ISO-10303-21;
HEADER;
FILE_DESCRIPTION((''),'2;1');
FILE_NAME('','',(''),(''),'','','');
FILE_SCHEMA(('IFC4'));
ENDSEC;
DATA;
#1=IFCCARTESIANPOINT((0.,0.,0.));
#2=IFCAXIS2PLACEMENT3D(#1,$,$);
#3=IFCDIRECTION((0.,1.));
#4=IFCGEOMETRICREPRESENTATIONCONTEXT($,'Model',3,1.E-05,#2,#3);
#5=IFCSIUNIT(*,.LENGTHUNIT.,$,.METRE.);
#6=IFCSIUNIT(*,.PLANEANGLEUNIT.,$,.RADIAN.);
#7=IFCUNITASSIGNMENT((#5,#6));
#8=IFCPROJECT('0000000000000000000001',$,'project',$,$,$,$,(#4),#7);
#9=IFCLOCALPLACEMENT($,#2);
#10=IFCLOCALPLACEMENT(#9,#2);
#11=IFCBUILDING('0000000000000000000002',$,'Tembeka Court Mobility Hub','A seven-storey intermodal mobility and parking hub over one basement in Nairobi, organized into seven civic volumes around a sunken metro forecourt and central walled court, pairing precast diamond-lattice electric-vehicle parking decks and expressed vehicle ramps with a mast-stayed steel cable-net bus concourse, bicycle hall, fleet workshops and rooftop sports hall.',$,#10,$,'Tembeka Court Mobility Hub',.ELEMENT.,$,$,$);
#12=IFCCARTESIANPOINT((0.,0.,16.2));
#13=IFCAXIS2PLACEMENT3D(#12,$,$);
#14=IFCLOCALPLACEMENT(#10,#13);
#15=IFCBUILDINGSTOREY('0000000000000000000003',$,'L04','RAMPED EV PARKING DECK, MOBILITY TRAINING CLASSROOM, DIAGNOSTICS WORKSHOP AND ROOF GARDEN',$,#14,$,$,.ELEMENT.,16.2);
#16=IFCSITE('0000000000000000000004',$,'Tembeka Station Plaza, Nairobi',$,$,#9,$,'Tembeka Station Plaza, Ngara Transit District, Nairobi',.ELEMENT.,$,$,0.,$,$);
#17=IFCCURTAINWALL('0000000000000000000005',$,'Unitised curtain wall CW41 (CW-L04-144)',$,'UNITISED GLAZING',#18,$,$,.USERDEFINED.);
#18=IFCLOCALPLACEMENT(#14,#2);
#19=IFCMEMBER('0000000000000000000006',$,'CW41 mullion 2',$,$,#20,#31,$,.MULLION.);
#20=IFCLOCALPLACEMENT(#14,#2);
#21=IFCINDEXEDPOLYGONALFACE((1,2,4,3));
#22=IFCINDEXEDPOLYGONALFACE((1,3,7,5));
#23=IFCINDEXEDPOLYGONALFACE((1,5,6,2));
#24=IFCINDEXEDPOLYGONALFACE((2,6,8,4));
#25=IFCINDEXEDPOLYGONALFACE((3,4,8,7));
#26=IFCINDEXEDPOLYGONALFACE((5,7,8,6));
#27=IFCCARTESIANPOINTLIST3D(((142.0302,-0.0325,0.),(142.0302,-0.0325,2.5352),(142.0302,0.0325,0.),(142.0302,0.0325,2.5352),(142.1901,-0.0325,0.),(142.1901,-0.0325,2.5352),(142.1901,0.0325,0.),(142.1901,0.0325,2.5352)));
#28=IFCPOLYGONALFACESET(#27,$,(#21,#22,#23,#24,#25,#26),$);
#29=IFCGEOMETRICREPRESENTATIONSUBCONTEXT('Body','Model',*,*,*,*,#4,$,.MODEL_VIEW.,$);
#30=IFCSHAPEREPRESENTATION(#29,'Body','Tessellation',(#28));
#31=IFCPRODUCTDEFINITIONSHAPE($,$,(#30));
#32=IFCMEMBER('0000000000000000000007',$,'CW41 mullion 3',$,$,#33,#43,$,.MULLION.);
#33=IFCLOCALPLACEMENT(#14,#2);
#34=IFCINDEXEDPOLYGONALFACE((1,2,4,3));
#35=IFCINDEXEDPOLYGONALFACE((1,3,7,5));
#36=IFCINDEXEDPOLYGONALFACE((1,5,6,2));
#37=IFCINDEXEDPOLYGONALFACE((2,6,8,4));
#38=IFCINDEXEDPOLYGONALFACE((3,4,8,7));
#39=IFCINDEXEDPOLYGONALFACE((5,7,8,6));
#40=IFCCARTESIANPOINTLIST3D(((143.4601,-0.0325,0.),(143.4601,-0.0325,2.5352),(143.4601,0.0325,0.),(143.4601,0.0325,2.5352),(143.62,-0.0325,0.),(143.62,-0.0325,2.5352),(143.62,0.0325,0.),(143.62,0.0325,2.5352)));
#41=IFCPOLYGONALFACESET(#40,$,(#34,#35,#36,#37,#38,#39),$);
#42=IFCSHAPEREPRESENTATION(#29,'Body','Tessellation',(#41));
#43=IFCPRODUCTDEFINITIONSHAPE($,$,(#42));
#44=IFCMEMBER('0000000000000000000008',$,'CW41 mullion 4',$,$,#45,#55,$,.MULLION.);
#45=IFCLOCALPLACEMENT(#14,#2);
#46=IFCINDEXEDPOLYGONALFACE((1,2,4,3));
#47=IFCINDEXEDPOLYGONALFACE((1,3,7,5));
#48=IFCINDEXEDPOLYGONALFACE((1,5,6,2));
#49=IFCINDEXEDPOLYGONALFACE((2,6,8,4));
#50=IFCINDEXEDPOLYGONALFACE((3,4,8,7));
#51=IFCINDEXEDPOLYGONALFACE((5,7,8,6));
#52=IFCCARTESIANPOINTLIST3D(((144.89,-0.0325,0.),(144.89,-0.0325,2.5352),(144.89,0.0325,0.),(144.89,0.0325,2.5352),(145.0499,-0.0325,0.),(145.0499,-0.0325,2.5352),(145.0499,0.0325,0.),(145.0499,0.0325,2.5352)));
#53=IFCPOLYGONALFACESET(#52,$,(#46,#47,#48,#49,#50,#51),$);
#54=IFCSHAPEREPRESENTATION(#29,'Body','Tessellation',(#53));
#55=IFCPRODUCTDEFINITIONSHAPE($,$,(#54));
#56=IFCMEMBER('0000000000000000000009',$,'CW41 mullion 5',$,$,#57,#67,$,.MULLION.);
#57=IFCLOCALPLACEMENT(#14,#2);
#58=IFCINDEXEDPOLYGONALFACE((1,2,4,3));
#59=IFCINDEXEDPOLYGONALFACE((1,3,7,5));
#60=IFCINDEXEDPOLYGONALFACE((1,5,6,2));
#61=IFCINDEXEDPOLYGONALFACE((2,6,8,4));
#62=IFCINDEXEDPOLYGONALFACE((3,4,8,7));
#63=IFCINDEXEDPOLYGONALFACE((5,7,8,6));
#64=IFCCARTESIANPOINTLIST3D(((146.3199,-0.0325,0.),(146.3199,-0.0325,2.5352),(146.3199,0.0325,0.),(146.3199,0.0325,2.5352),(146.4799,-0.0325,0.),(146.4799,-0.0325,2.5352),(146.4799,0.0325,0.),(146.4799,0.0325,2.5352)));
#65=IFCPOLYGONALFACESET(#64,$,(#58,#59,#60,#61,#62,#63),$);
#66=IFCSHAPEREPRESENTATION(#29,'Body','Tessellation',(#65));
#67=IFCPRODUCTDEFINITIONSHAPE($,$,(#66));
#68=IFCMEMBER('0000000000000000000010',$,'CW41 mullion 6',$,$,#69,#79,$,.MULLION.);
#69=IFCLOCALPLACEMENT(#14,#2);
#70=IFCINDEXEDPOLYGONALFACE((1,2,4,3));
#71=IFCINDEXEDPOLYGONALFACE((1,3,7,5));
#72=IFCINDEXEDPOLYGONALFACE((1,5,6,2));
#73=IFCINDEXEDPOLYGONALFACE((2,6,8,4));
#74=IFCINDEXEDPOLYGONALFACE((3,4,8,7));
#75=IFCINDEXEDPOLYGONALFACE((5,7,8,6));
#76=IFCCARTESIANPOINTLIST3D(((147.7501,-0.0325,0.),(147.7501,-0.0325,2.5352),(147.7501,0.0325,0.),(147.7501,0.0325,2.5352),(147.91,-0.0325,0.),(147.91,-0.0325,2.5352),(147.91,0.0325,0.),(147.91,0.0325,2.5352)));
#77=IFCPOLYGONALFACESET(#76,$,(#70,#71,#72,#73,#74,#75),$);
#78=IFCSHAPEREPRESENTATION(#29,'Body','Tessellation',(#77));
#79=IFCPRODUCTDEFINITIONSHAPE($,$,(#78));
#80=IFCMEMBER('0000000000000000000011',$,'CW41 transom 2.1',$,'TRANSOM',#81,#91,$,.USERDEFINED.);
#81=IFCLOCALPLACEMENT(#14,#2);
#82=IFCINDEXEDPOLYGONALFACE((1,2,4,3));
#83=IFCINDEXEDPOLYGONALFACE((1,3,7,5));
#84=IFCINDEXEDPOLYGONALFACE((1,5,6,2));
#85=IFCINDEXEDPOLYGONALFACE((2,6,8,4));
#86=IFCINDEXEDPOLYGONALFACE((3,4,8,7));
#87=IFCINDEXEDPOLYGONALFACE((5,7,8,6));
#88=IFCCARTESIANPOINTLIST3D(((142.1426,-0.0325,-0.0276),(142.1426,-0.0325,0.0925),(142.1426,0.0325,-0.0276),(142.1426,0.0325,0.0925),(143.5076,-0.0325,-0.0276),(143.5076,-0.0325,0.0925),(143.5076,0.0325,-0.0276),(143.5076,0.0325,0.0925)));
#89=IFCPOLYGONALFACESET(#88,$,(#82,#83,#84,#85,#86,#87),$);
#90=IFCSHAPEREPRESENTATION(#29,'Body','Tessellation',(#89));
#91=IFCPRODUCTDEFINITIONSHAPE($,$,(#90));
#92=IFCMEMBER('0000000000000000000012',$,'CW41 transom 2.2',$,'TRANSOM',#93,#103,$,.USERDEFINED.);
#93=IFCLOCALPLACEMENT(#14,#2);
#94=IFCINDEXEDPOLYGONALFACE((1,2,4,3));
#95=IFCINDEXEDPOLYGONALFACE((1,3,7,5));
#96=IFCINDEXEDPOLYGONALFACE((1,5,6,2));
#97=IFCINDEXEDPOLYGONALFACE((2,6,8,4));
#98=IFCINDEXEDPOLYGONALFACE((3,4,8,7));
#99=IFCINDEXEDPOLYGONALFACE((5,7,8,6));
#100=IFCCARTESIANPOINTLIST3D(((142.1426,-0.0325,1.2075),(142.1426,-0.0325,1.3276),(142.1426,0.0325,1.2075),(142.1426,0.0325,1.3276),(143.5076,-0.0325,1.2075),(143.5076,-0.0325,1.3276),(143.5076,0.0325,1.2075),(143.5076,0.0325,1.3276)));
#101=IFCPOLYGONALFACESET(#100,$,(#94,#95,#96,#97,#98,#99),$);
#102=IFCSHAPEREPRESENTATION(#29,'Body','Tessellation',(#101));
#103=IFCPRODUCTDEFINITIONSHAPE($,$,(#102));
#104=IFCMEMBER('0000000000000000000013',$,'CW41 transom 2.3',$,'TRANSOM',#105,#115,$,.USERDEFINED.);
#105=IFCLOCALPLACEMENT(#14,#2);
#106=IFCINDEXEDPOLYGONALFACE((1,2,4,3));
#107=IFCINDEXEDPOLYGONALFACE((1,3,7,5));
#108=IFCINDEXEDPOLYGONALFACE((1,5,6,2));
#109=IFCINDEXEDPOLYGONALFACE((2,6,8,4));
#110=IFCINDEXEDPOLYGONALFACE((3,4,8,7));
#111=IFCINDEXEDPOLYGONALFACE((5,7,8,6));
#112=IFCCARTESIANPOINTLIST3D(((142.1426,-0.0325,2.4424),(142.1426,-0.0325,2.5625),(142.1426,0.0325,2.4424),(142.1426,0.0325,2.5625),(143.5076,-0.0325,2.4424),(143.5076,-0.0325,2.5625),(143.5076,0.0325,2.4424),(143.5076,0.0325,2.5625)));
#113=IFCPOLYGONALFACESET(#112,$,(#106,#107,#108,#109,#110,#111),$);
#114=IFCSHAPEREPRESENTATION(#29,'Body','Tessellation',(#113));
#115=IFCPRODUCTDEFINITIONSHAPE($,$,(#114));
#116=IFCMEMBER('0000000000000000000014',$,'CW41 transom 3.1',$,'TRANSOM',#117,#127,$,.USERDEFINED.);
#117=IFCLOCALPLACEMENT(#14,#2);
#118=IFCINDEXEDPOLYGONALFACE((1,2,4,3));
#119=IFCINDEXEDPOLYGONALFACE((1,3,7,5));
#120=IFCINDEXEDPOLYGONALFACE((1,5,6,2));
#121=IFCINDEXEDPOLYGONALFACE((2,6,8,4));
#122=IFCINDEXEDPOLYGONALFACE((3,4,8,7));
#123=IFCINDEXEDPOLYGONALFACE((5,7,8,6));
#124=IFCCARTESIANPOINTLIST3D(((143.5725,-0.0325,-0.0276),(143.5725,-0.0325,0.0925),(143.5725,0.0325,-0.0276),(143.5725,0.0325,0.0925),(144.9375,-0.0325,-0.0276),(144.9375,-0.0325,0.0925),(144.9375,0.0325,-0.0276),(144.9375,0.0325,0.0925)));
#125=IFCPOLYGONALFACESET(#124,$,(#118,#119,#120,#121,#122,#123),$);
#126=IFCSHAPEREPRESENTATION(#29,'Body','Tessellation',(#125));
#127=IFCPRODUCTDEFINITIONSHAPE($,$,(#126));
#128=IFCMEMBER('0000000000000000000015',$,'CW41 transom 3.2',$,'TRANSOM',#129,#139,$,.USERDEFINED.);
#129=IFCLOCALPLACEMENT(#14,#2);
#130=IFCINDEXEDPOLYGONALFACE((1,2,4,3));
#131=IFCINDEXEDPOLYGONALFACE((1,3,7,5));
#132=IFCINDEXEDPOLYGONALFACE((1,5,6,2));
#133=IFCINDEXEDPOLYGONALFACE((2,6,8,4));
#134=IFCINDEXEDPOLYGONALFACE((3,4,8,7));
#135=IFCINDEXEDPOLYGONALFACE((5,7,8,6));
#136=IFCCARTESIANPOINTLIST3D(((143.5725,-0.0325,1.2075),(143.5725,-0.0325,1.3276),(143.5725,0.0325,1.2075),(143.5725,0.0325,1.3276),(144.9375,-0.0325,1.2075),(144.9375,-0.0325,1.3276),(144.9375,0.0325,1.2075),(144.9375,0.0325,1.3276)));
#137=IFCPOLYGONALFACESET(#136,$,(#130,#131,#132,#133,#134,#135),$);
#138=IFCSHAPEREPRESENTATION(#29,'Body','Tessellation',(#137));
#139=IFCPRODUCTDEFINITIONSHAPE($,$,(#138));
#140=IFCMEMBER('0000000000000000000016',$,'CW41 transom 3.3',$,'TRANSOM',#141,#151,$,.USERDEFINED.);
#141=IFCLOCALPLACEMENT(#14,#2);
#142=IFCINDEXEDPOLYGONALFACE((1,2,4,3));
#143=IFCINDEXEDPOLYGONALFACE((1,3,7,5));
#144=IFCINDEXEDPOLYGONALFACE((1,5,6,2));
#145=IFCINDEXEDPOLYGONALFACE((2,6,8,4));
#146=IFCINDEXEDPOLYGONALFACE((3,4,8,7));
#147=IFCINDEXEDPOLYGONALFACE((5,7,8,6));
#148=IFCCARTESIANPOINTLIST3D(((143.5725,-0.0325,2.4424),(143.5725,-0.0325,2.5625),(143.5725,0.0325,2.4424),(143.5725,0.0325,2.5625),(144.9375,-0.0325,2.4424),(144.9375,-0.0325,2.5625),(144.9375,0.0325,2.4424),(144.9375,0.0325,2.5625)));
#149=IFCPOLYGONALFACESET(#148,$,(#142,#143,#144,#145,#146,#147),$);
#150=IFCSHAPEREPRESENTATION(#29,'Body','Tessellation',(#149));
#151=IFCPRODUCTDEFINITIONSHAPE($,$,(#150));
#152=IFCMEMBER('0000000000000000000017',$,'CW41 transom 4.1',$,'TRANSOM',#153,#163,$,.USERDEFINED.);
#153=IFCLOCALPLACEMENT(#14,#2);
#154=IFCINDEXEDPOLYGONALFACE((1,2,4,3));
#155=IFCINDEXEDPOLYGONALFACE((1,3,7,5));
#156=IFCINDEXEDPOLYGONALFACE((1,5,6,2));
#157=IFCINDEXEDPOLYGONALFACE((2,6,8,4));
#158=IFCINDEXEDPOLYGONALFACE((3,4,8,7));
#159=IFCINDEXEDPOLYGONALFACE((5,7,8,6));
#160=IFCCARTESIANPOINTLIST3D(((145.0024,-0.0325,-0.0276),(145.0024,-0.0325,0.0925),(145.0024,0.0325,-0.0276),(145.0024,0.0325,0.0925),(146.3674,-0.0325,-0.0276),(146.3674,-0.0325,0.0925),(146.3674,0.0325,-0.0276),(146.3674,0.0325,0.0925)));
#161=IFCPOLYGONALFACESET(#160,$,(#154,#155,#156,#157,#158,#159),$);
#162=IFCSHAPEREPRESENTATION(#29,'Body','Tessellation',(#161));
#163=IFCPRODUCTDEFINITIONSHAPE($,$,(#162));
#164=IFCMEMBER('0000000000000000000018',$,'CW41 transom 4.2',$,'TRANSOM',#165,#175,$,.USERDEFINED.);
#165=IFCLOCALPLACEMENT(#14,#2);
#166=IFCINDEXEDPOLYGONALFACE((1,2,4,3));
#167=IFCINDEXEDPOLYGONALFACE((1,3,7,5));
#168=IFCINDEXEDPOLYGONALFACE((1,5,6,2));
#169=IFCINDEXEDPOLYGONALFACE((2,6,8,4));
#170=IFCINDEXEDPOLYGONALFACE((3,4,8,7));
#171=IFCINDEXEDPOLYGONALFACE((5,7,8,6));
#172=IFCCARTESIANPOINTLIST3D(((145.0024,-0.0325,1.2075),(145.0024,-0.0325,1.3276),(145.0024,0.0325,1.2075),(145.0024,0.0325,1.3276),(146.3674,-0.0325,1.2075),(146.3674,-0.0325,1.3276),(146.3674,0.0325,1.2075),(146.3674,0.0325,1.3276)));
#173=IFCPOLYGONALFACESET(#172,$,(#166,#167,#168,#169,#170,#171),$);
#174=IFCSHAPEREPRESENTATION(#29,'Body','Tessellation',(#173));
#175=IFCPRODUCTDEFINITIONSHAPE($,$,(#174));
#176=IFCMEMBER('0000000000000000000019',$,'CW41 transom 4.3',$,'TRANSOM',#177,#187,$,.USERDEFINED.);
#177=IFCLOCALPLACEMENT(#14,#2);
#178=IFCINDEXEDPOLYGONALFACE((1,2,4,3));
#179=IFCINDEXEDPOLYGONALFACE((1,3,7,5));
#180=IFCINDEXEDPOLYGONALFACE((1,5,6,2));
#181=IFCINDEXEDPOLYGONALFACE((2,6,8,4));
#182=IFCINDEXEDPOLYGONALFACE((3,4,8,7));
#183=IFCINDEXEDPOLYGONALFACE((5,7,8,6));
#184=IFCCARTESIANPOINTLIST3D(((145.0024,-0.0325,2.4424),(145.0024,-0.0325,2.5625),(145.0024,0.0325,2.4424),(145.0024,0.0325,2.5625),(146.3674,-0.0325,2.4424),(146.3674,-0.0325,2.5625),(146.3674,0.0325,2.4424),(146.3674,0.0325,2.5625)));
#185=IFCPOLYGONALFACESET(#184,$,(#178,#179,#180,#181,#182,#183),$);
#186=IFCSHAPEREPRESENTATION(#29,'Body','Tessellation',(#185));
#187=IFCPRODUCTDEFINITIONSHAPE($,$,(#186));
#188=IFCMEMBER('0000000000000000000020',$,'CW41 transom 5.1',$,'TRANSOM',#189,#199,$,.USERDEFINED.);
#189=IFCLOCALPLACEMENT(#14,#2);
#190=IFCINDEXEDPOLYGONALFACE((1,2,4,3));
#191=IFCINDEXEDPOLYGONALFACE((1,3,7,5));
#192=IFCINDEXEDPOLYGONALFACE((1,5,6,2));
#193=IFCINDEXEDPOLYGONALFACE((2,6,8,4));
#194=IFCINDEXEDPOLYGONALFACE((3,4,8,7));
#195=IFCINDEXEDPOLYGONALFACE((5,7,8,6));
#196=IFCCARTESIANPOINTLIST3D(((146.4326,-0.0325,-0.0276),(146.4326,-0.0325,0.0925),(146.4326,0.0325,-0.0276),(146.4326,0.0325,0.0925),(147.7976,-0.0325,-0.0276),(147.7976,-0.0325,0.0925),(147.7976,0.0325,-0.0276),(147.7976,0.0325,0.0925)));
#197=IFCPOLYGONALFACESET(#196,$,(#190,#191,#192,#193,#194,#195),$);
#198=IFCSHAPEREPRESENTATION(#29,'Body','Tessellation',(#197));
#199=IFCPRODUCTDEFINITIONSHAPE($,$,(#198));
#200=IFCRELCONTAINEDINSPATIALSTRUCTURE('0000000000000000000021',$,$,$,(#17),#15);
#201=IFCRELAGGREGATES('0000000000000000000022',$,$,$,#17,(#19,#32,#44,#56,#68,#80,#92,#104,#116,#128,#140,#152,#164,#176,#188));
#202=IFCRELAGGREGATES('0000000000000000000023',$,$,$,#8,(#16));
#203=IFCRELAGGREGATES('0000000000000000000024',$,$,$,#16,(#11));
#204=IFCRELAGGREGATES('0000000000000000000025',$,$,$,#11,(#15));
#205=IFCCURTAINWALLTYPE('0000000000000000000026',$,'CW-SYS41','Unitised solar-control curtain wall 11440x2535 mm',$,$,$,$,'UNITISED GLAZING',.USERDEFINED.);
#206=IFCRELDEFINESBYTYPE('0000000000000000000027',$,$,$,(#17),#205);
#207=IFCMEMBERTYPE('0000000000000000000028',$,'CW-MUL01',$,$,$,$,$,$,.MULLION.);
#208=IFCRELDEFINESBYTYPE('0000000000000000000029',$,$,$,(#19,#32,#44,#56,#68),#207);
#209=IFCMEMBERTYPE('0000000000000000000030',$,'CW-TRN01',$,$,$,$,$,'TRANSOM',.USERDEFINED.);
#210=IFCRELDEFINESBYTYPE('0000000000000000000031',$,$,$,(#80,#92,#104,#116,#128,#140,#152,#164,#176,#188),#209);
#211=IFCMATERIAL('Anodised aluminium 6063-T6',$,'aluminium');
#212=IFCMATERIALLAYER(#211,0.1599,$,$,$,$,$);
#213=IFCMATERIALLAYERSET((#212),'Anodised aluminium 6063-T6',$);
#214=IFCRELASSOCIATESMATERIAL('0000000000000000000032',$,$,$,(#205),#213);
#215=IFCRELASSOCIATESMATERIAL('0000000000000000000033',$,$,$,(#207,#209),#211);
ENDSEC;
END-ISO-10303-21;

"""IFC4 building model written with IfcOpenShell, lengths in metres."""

from ifc_helpers import new_model, si_unit, direction, frame, origin, origin_2d, place, context, subcontext, project, spatial, rectangle, extrude, material, layer, layer_set, material_profile, profile_set, type_object, element, aggregate, save


model = new_model("IFC4")

# Units and contexts
model_context = context("Model", 3, precision=1e-05, world=origin(), true_north=direction((0.0, 1.0)))
body_context = subcontext(model_context, "Body", "Model", "MODEL_VIEW")
ifc_project = project(units=[si_unit("LENGTHUNIT", "METRE"), si_unit("PLANEANGLEUNIT", "RADIAN")], contexts=[model_context])

# Site, building, storey
site_placement = place(None, origin())
site = spatial("IfcSite", under=ifc_project, at=site_placement, Name="Tembeka Station Plaza, Nairobi", LongName="Tembeka Station Plaza, Ngara Transit District, Nairobi", CompositionType="ELEMENT", RefElevation=0.0)
building_placement = place(site_placement, origin())
building = spatial("IfcBuilding", under=site, at=building_placement, Name="Tembeka Court Mobility Hub", Description="A seven-storey intermodal mobility and parking hub over one basement in Nairobi, organized into seven civic volumes around a sunken metro forecourt and central walled court, pairing precast diamond-lattice electric-vehicle parking decks and expressed vehicle ramps with a mast-stayed steel cable-net bus concourse, bicycle hall, fleet workshops and rooftop sports hall.", LongName="Tembeka Court Mobility Hub", CompositionType="ELEMENT")
storey_placement = place(building_placement, frame((0.0, 0.0, 16.2)))
storey = spatial("IfcBuildingStorey", under=building, at=storey_placement, Name="L04", Description="RAMPED EV PARKING DECK, MOBILITY TRAINING CLASSROOM, DIAGNOSTICS WORKSHOP AND ROOF GARDEN", CompositionType="ELEMENT", Elevation=16.2)

# Curtain wall, members
ifc_material_1 = material(Name="Anodised aluminium 6063-T6", Category="aluminium")
ifc_layer_1 = layer(ifc_material_1, 0.1599)
ifc_layer_set_1 = layer_set([ifc_layer_1], Name="Anodised aluminium 6063-T6")
curtain_wall_type = type_object("IfcCurtainWallType", Name="CW-SYS41", Description="Unitised solar-control curtain wall 11440x2535 mm", ElementType="UNITISED GLAZING", PredefinedType="USERDEFINED", material=ifc_layer_set_1)
curtain_wall_placement = place(storey_placement, origin())
curtain_wall = element("IfcCurtainWall", 1, at=curtain_wall_placement, inside=storey, type_object=curtain_wall_type, Name="Unitised curtain wall CW41 (CW-L04-144)", ObjectType="UNITISED GLAZING", PredefinedType="USERDEFINED")
ifc_material_profile_1 = material_profile(ifc_material_1, rectangle(XDim=0.0649, YDim=0.1599, at=origin_2d()), Name="ALU-MUL 65x160")
ifc_profile_set_1 = profile_set([ifc_material_profile_1], Name="Anodised aluminium 6063-T6")
member_type_1 = type_object("IfcMemberType", Name="CW-MUL01", PredefinedType="MULLION", material=ifc_profile_set_1)
member_1_placement = place(storey_placement, frame((142.1101, 0.0, 0.0), z_axis=(0.0, 0.0, 1.0), x_axis=(0.0, 1.0, 0.0)))
member_1 = element("IfcMember", 2, at=member_1_placement, type_object=member_type_1, Name="CW41 mullion 2", PredefinedType="MULLION", context=body_context, shape_type="SweptSolid", body=[
    extrude(rectangle(XDim=0.0649, YDim=0.1599, at=origin_2d()), origin(), (0.0, 0.0, 1.0), 2.5352),
])
member_2_placement = place(storey_placement, frame((143.54, 0.0, 0.0), z_axis=(0.0, 0.0, 1.0), x_axis=(0.0, 1.0, 0.0)))
member_2 = element("IfcMember", 3, at=member_2_placement, type_object=member_type_1, Name="CW41 mullion 3", PredefinedType="MULLION", context=body_context, shape_type="SweptSolid", body=[
    extrude(rectangle(XDim=0.0649, YDim=0.1599, at=origin_2d()), origin(), (0.0, 0.0, 1.0), 2.5352),
])
member_3_placement = place(storey_placement, frame((144.97, 0.0, 0.0), z_axis=(0.0, 0.0, 1.0), x_axis=(0.0, 1.0, 0.0)))
member_3 = element("IfcMember", 4, at=member_3_placement, type_object=member_type_1, Name="CW41 mullion 4", PredefinedType="MULLION", context=body_context, shape_type="SweptSolid", body=[
    extrude(rectangle(XDim=0.0649, YDim=0.1599, at=origin_2d()), origin(), (0.0, 0.0, 1.0), 2.5352),
])
member_4_placement = place(storey_placement, frame((146.3999, 0.0, 0.0), z_axis=(0.0, 0.0, 1.0), x_axis=(0.0, 1.0, 0.0)))
member_4 = element("IfcMember", 5, at=member_4_placement, type_object=member_type_1, Name="CW41 mullion 5", PredefinedType="MULLION", context=body_context, shape_type="SweptSolid", body=[
    extrude(rectangle(XDim=0.0649, YDim=0.1599, at=origin_2d()), origin(), (0.0, 0.0, 1.0), 2.5352),
])
member_5_placement = place(storey_placement, frame((147.8301, 0.0, 0.0), z_axis=(0.0, 0.0, 1.0), x_axis=(0.0, 1.0, 0.0)))
member_5 = element("IfcMember", 6, at=member_5_placement, type_object=member_type_1, Name="CW41 mullion 6", PredefinedType="MULLION", context=body_context, shape_type="SweptSolid", body=[
    extrude(rectangle(XDim=0.0649, YDim=0.1599, at=origin_2d()), origin(), (0.0, 0.0, 1.0), 2.5352),
])
ifc_material_profile_2 = material_profile(ifc_material_1, rectangle(XDim=0.0649, YDim=0.1201, at=origin_2d()), Name="ALU-TRN 65x120")
ifc_profile_set_2 = profile_set([ifc_material_profile_2], Name="Anodised aluminium 6063-T6")
member_type_2 = type_object("IfcMemberType", Name="CW-TRN01", ElementType="TRANSOM", PredefinedType="USERDEFINED", material=ifc_profile_set_2)
member_6_placement = place(storey_placement, frame((142.1426, 0.0, 0.0325), z_axis=(1.0, 0.0, 0.0), x_axis=(0.0, 1.0, 0.0)))
member_6 = element("IfcMember", 7, at=member_6_placement, type_object=member_type_2, Name="CW41 transom 2.1", ObjectType="TRANSOM", PredefinedType="USERDEFINED", context=body_context, shape_type="SweptSolid", body=[
    extrude(rectangle(XDim=0.0649, YDim=0.1201, at=origin_2d()), origin(), (0.0, 0.0, 1.0), 1.365),
])
member_7_placement = place(storey_placement, frame((142.1426, 0.0, 1.2676), z_axis=(1.0, 0.0, 0.0), x_axis=(0.0, 1.0, 0.0)))
member_7 = element("IfcMember", 8, at=member_7_placement, type_object=member_type_2, Name="CW41 transom 2.2", ObjectType="TRANSOM", PredefinedType="USERDEFINED", context=body_context, shape_type="SweptSolid", body=[
    extrude(rectangle(XDim=0.0649, YDim=0.1201, at=origin_2d()), origin(), (0.0, 0.0, 1.0), 1.365),
])
member_8_placement = place(storey_placement, frame((142.1426, 0.0, 2.5024), z_axis=(1.0, 0.0, 0.0), x_axis=(0.0, 1.0, 0.0)))
member_8 = element("IfcMember", 9, at=member_8_placement, type_object=member_type_2, Name="CW41 transom 2.3", ObjectType="TRANSOM", PredefinedType="USERDEFINED", context=body_context, shape_type="SweptSolid", body=[
    extrude(rectangle(XDim=0.0649, YDim=0.1201, at=origin_2d()), origin(), (0.0, 0.0, 1.0), 1.365),
])
member_9_placement = place(storey_placement, frame((143.5725, 0.0, 0.0325), z_axis=(1.0, 0.0, 0.0), x_axis=(0.0, 1.0, 0.0)))
member_9 = element("IfcMember", 10, at=member_9_placement, type_object=member_type_2, Name="CW41 transom 3.1", ObjectType="TRANSOM", PredefinedType="USERDEFINED", context=body_context, shape_type="SweptSolid", body=[
    extrude(rectangle(XDim=0.0649, YDim=0.1201, at=origin_2d()), origin(), (0.0, 0.0, 1.0), 1.365),
])
member_10_placement = place(storey_placement, frame((143.5725, 0.0, 1.2676), z_axis=(1.0, 0.0, 0.0), x_axis=(0.0, 1.0, 0.0)))
member_10 = element("IfcMember", 11, at=member_10_placement, type_object=member_type_2, Name="CW41 transom 3.2", ObjectType="TRANSOM", PredefinedType="USERDEFINED", context=body_context, shape_type="SweptSolid", body=[
    extrude(rectangle(XDim=0.0649, YDim=0.1201, at=origin_2d()), origin(), (0.0, 0.0, 1.0), 1.365),
])
member_11_placement = place(storey_placement, frame((143.5725, 0.0, 2.5024), z_axis=(1.0, 0.0, 0.0), x_axis=(0.0, 1.0, 0.0)))
member_11 = element("IfcMember", 12, at=member_11_placement, type_object=member_type_2, Name="CW41 transom 3.3", ObjectType="TRANSOM", PredefinedType="USERDEFINED", context=body_context, shape_type="SweptSolid", body=[
    extrude(rectangle(XDim=0.0649, YDim=0.1201, at=origin_2d()), origin(), (0.0, 0.0, 1.0), 1.365),
])
member_12_placement = place(storey_placement, frame((145.0024, 0.0, 0.0325), z_axis=(1.0, 0.0, 0.0), x_axis=(0.0, 1.0, 0.0)))
member_12 = element("IfcMember", 13, at=member_12_placement, type_object=member_type_2, Name="CW41 transom 4.1", ObjectType="TRANSOM", PredefinedType="USERDEFINED", context=body_context, shape_type="SweptSolid", body=[
    extrude(rectangle(XDim=0.0649, YDim=0.1201, at=origin_2d()), origin(), (0.0, 0.0, 1.0), 1.365),
])
member_13_placement = place(storey_placement, frame((145.0024, 0.0, 1.2676), z_axis=(1.0, 0.0, 0.0), x_axis=(0.0, 1.0, 0.0)))
member_13 = element("IfcMember", 14, at=member_13_placement, type_object=member_type_2, Name="CW41 transom 4.2", ObjectType="TRANSOM", PredefinedType="USERDEFINED", context=body_context, shape_type="SweptSolid", body=[
    extrude(rectangle(XDim=0.0649, YDim=0.1201, at=origin_2d()), origin(), (0.0, 0.0, 1.0), 1.365),
])
member_14_placement = place(storey_placement, frame((145.0024, 0.0, 2.5024), z_axis=(1.0, 0.0, 0.0), x_axis=(0.0, 1.0, 0.0)))
member_14 = element("IfcMember", 15, at=member_14_placement, type_object=member_type_2, Name="CW41 transom 4.3", ObjectType="TRANSOM", PredefinedType="USERDEFINED", context=body_context, shape_type="SweptSolid", body=[
    extrude(rectangle(XDim=0.0649, YDim=0.1201, at=origin_2d()), origin(), (0.0, 0.0, 1.0), 1.365),
])
member_15_placement = place(storey_placement, frame((146.4326, 0.0, 0.0325), z_axis=(1.0, 0.0, 0.0), x_axis=(0.0, 1.0, 0.0)))
member_15 = element("IfcMember", 16, at=member_15_placement, type_object=member_type_2, Name="CW41 transom 5.1", ObjectType="TRANSOM", PredefinedType="USERDEFINED", context=body_context, shape_type="SweptSolid", body=[
    extrude(rectangle(XDim=0.0649, YDim=0.1201, at=origin_2d()), origin(), (0.0, 0.0, 1.0), 1.365),
])
aggregate(curtain_wall, [member_1, member_2, member_3, member_4, member_5, member_6, member_7, member_8, member_9, member_10, member_11, member_12, member_13, member_14, member_15])

save(model, "model.ifc")
